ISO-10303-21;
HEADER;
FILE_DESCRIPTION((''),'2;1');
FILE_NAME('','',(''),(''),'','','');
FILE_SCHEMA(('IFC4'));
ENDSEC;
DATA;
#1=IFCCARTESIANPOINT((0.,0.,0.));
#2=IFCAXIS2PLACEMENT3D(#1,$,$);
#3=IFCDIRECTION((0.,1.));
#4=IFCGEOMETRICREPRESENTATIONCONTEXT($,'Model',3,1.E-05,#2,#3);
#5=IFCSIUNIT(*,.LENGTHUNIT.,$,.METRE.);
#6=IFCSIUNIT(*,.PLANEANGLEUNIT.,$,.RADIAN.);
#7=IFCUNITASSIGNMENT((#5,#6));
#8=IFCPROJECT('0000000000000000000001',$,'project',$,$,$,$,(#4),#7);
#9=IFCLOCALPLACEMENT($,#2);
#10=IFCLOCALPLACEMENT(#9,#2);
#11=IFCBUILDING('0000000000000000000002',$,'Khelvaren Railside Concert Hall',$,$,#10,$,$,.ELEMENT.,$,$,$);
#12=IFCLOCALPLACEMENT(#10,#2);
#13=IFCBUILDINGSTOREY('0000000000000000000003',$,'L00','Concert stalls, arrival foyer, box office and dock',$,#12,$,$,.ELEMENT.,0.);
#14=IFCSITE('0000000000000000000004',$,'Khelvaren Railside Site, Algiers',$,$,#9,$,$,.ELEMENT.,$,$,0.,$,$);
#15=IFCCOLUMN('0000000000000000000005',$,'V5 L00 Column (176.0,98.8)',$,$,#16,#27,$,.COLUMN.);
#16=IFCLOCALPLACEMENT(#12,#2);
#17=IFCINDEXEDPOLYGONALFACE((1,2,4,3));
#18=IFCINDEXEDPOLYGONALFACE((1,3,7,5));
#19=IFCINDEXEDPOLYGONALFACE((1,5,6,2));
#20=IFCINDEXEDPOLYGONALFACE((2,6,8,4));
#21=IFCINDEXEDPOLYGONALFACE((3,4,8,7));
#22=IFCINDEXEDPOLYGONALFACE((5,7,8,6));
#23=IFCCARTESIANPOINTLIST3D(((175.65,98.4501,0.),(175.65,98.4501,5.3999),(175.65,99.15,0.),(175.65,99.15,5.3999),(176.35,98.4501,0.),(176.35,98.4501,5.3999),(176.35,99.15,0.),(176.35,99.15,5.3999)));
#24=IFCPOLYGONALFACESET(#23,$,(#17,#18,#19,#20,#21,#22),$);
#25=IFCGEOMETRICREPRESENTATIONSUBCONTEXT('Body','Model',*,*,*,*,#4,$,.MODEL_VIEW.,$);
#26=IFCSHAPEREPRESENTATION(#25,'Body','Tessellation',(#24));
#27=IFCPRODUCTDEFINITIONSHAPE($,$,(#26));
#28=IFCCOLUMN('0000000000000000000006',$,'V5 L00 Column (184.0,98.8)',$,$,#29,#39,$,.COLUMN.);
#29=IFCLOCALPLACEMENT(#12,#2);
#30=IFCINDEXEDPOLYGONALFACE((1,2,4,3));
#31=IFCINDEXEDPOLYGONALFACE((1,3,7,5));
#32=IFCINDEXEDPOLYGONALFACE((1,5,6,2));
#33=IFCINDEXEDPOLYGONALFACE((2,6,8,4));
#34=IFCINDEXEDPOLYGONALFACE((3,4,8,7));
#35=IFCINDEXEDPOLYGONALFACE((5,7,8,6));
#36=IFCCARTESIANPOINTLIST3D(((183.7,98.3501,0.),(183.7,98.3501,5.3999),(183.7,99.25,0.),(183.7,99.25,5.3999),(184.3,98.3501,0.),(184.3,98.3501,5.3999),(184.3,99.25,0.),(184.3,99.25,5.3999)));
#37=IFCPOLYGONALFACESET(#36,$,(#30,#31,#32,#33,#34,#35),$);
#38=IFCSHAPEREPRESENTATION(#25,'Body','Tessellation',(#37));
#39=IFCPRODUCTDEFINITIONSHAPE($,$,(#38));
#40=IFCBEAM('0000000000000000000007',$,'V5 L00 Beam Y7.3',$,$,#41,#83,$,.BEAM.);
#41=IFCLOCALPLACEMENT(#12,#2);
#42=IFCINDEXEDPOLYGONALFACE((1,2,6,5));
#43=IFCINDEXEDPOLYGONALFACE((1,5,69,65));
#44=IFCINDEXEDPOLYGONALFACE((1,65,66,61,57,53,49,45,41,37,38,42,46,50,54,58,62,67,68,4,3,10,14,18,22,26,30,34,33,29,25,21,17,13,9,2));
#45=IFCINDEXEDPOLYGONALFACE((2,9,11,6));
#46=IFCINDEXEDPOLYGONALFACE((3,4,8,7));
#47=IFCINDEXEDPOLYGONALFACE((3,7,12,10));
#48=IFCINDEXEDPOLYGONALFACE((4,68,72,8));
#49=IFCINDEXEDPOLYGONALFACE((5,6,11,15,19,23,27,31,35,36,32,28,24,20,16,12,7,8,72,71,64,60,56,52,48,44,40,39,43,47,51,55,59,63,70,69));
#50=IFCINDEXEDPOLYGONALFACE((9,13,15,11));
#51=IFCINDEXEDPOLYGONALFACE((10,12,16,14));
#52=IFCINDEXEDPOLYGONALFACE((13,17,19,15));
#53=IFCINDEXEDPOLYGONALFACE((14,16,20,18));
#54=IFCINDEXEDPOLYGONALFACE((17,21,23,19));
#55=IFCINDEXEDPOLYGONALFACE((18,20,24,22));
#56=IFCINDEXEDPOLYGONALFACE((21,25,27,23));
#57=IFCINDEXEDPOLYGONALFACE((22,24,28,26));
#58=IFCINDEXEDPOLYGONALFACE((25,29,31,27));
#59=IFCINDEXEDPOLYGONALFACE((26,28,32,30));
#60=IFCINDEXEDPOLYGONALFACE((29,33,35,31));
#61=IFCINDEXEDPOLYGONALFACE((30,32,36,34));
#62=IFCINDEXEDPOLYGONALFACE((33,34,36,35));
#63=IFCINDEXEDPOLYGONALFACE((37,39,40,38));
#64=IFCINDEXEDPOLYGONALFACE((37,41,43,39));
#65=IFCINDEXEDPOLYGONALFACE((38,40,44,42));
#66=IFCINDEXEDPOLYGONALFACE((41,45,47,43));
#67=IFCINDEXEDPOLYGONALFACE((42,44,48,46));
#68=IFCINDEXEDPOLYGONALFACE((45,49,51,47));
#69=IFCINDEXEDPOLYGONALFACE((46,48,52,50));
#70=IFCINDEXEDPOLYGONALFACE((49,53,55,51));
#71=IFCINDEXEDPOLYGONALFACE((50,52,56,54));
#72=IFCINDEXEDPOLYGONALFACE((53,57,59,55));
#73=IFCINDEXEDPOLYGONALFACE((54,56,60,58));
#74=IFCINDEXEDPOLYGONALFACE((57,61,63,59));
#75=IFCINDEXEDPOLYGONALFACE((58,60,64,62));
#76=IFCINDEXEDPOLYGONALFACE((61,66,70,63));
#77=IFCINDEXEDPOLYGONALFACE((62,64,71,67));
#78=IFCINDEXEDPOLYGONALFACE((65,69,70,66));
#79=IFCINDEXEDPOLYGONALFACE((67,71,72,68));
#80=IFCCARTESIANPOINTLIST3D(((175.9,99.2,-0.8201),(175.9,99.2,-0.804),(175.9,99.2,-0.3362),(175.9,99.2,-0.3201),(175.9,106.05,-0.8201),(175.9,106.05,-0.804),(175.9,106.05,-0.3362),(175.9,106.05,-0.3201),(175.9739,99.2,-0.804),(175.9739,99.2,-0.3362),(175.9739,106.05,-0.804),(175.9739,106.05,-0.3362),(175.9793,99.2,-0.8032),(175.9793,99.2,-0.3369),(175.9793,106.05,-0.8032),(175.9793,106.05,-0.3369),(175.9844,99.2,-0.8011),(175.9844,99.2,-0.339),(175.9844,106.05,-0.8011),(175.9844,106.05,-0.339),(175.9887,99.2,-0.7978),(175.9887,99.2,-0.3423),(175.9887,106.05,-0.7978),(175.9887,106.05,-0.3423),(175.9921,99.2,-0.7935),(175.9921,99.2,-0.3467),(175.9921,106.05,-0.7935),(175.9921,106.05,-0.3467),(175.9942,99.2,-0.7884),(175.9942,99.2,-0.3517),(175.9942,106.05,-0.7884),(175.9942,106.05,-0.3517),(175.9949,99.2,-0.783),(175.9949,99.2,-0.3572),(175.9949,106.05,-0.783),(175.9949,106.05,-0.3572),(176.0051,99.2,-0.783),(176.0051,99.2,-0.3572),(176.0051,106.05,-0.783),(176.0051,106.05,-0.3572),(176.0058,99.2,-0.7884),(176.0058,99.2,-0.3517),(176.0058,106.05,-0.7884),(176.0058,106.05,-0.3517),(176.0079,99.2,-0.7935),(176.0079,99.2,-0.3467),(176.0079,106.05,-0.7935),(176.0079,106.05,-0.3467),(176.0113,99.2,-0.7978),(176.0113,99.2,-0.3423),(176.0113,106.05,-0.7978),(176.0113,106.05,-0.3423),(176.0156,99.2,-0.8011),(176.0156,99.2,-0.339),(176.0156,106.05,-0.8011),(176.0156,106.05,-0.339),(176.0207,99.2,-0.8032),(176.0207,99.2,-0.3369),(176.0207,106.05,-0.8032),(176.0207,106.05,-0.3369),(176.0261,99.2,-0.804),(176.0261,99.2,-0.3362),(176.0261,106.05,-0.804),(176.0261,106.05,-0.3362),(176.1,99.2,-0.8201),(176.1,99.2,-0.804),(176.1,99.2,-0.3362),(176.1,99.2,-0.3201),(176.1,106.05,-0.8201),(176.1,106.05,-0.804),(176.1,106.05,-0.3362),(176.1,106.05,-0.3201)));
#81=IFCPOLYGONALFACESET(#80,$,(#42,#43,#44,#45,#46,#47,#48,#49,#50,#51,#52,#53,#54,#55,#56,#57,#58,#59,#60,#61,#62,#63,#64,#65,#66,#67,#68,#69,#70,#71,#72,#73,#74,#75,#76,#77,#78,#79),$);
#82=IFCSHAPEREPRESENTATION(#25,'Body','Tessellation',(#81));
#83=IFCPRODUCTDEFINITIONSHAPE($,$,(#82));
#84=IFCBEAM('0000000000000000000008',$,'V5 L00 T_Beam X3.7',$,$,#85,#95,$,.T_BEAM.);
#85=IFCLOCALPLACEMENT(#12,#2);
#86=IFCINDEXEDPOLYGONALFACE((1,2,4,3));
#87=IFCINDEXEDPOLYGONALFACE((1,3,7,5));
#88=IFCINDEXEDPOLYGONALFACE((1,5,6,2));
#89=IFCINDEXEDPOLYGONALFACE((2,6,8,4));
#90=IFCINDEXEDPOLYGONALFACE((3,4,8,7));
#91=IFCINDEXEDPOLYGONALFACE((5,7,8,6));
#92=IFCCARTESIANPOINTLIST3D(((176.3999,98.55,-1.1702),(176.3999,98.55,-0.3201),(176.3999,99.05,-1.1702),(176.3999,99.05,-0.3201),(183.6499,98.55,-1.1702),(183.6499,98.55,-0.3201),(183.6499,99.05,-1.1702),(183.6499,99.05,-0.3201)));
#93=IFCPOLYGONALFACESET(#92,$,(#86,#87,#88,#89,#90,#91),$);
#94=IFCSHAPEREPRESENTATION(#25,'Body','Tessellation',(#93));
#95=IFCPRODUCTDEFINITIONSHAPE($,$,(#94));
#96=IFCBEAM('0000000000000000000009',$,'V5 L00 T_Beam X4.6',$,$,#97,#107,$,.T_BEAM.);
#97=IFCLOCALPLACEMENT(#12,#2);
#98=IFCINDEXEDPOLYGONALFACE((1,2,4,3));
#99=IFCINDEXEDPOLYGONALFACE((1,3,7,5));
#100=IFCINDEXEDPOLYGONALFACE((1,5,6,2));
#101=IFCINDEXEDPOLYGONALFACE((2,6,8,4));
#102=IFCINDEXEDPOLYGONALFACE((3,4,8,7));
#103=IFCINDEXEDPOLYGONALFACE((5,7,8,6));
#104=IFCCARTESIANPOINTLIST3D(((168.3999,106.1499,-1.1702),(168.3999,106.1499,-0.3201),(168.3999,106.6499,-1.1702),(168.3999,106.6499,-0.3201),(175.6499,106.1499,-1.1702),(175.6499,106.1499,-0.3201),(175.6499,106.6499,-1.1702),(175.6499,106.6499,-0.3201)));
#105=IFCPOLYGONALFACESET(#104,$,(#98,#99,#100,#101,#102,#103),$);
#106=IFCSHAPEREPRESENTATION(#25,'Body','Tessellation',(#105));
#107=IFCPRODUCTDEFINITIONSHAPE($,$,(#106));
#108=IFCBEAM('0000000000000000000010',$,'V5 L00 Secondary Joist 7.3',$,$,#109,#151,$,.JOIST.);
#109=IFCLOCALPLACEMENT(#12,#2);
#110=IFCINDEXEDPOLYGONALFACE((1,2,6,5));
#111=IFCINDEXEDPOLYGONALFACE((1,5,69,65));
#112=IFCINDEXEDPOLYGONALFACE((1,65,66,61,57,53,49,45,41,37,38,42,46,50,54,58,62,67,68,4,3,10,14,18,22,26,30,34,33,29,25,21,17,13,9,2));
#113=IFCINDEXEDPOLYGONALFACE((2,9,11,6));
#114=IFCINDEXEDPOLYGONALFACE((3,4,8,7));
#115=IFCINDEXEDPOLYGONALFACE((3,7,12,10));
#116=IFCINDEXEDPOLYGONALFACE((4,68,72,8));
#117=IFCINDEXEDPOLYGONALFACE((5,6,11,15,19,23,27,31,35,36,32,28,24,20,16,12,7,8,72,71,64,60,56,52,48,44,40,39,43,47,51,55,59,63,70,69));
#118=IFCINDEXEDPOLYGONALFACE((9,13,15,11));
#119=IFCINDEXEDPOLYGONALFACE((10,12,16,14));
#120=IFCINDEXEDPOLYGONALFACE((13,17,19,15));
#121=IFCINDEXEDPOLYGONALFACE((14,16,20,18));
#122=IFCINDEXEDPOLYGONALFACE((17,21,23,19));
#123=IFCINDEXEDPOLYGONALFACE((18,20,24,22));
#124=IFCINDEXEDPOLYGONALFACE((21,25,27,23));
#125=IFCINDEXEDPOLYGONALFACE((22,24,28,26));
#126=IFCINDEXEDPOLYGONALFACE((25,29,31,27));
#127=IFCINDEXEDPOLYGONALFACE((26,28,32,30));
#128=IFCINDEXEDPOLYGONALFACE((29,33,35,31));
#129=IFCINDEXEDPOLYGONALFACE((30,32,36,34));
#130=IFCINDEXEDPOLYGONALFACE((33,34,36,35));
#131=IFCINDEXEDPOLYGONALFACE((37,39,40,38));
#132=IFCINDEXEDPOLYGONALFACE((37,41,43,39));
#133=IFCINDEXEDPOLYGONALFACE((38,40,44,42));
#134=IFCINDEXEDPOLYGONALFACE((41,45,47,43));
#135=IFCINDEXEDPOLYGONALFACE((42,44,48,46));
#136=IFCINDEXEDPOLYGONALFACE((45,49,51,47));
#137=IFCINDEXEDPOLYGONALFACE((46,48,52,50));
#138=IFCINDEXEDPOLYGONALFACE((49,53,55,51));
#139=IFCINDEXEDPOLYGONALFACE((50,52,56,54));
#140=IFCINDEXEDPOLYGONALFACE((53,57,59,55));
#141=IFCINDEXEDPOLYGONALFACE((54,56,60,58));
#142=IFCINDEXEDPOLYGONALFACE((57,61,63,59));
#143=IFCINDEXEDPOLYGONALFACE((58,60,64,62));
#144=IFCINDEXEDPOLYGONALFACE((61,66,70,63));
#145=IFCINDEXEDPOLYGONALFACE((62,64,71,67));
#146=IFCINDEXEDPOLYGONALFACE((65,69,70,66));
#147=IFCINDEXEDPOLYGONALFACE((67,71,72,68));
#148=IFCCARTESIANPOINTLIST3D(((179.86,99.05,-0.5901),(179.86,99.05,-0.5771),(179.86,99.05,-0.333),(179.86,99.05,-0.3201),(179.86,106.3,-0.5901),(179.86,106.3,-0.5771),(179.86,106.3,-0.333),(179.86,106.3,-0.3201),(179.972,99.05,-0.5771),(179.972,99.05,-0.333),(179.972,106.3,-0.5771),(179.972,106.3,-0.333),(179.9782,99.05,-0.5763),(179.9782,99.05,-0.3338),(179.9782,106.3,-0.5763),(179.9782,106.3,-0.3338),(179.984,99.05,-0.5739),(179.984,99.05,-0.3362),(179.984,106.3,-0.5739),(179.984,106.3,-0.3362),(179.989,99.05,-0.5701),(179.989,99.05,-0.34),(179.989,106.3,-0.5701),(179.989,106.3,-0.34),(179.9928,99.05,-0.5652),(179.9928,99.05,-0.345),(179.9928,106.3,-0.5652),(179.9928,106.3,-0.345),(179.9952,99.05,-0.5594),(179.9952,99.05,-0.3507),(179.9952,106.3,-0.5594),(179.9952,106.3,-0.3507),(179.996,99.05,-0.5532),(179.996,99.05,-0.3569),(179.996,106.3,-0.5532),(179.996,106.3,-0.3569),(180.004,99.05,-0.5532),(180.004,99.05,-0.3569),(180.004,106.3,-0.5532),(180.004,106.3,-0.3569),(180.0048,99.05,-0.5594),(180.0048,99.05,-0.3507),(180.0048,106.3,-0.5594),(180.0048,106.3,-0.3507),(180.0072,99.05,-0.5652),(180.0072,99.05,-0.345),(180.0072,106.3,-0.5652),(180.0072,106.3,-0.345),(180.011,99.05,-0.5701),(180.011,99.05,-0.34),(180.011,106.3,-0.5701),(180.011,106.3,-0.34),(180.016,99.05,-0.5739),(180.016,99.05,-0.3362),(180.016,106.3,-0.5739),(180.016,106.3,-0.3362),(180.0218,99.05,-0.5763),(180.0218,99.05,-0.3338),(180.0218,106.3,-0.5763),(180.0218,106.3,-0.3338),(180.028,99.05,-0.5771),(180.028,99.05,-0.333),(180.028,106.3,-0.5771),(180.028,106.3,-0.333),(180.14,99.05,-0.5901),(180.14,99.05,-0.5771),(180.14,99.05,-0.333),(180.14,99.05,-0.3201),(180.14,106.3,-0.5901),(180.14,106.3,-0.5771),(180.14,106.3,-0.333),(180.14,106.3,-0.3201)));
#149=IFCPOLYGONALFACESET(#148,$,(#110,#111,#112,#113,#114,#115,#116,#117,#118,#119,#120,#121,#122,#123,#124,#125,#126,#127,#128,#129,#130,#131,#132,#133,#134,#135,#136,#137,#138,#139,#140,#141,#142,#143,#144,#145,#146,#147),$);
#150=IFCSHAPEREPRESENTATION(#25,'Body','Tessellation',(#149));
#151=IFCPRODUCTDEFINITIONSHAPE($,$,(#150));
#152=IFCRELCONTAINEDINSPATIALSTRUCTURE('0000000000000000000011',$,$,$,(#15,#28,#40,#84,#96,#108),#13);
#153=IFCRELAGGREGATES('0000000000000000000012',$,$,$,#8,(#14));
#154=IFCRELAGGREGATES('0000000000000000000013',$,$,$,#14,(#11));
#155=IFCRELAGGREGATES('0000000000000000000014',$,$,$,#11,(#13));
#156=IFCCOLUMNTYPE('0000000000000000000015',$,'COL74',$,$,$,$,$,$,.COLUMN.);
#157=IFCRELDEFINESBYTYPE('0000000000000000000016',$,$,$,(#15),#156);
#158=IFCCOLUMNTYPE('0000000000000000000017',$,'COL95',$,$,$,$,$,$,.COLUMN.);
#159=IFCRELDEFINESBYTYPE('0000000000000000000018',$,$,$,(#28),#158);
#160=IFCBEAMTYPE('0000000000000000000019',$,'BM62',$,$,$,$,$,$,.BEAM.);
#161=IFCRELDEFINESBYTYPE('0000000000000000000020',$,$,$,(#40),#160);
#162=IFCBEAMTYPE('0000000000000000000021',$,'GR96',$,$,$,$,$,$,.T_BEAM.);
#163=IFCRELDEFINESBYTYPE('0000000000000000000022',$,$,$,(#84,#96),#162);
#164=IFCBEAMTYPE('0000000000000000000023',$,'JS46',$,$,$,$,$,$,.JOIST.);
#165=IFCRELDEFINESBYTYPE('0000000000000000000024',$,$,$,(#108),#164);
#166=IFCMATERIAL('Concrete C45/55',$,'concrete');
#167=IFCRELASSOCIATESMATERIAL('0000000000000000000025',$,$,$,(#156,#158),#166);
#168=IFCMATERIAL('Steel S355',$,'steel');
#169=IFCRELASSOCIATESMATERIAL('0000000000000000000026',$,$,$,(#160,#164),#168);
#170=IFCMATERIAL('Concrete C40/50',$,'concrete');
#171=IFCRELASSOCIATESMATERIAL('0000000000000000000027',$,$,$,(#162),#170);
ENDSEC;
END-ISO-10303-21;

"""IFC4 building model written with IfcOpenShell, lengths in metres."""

from ifc_helpers import new_model, si_unit, direction, frame, origin, origin_2d, place, context, subcontext, project, spatial, rectangle, i_section, extrude, material, material_profile, profile_set, type_object, element, save


model = new_model("IFC4")

# Units and contexts
model_context = context("Model", 3, precision=1e-05, world=origin(), true_north=direction((0.0, 1.0)))
body_context = subcontext(model_context, "Body", "Model", "MODEL_VIEW")
ifc_project = project(units=[si_unit("LENGTHUNIT", "METRE"), si_unit("PLANEANGLEUNIT", "RADIAN")], contexts=[model_context])

# Site, building, storey
site_placement = place(None, origin())
site = spatial("IfcSite", under=ifc_project, at=site_placement, Name="Khelvaren Railside Site, Algiers", CompositionType="ELEMENT", RefElevation=0.0)
building_placement = place(site_placement, origin())
building = spatial("IfcBuilding", under=site, at=building_placement, Name="Khelvaren Railside Concert Hall", CompositionType="ELEMENT")
storey_placement = place(building_placement, origin())
storey = spatial("IfcBuildingStorey", under=building, at=storey_placement, Name="L00", Description="Concert stalls, arrival foyer, box office and dock", CompositionType="ELEMENT", Elevation=0.0)

# Columns
ifc_material_1 = material(Name="Concrete C45/55", Category="concrete")
ifc_material_profile_1 = material_profile(ifc_material_1, rectangle(XDim=0.7, YDim=0.7, at=origin_2d()), Name="RC 700x700")
ifc_profile_set_1 = profile_set([ifc_material_profile_1], Name="Concrete C45/55")
column_type_1 = type_object("IfcColumnType", Name="COL74", PredefinedType="COLUMN", material=ifc_profile_set_1)
column_1_placement = place(storey_placement, frame((176.0, 98.8, 0.0), z_axis=(0.0, 0.0, 1.0), x_axis=(1.0, 0.0, 0.0)))
element("IfcColumn", 1, at=column_1_placement, inside=storey, type_object=column_type_1, Name="V5 L00 Column (176.0,98.8)", PredefinedType="COLUMN", context=body_context, shape_type="SweptSolid", body=[
    extrude(rectangle(XDim=0.7, YDim=0.7, at=origin_2d()), origin(), (0.0, 0.0, 1.0), 5.3999),
])
ifc_material_profile_2 = material_profile(ifc_material_1, rectangle(XDim=0.6001, YDim=0.8999, at=origin_2d()), Name="RC 600x900")
ifc_profile_set_2 = profile_set([ifc_material_profile_2], Name="Concrete C45/55")
column_type_2 = type_object("IfcColumnType", Name="COL95", PredefinedType="COLUMN", material=ifc_profile_set_2)
column_2_placement = place(storey_placement, frame((184.0, 98.8, 0.0), z_axis=(0.0, 0.0, 1.0), x_axis=(1.0, 0.0, 0.0)))
element("IfcColumn", 2, at=column_2_placement, inside=storey, type_object=column_type_2, Name="V5 L00 Column (184.0,98.8)", PredefinedType="COLUMN", context=body_context, shape_type="SweptSolid", body=[
    extrude(rectangle(XDim=0.6001, YDim=0.8999, at=origin_2d()), origin(), (0.0, 0.0, 1.0), 5.3999),
])

# Beams
ifc_material_2 = material(Name="Steel S355", Category="steel")
ifc_material_profile_3 = material_profile(ifc_material_2, i_section(OverallWidth=0.2, OverallDepth=0.5, WebThickness=0.0103, FlangeThickness=0.0161, FilletRadius=0.021, at=origin_2d()), Name="IPE 500")
ifc_profile_set_3 = profile_set([ifc_material_profile_3], Name="Steel S355")
beam_type_1 = type_object("IfcBeamType", Name="BM62", PredefinedType="BEAM", material=ifc_profile_set_3)
beam_1_placement = place(storey_placement, frame((176.0, 99.2, -0.5701), z_axis=(0.0, 1.0, 0.0), x_axis=(-1.0, 0.0, 0.0)))
element("IfcBeam", 3, at=beam_1_placement, inside=storey, type_object=beam_type_1, Name="V5 L00 Beam Y7.3", PredefinedType="BEAM", context=body_context, shape_type="SweptSolid", body=[
    extrude(i_section(OverallWidth=0.2, OverallDepth=0.5, WebThickness=0.0103, FlangeThickness=0.0161, FilletRadius=0.021, at=origin_2d()), origin(), (0.0, 0.0, 1.0), 6.8501),
])
ifc_material_3 = material(Name="Concrete C40/50", Category="concrete")
ifc_material_profile_4 = material_profile(ifc_material_3, rectangle(XDim=0.5, YDim=0.8501, at=origin_2d()), Name="RCB 500x850")
ifc_profile_set_4 = profile_set([ifc_material_profile_4], Name="Concrete C40/50")
beam_type_2 = type_object("IfcBeamType", Name="GR96", PredefinedType="T_BEAM", material=ifc_profile_set_4)
for number, where, z_axis, x_axis, name in (
    (4, (176.3999, 98.8, -0.7451), (1.0, 0.0, 0.0), (0.0, 1.0, 0.0), "V5 L00 T_Beam X3.7"),
    (5, (168.3999, 106.3999, -0.7451), (1.0, 0.0, 0.0), (0.0, 1.0, 0.0), "V5 L00 T_Beam X4.6"),
):
    element("IfcBeam", number, at=place(storey_placement, frame(where, z_axis=z_axis, x_axis=x_axis)), inside=storey, type_object=beam_type_2, Name=name, PredefinedType="T_BEAM", context=body_context, shape_type="SweptSolid", body=[
        extrude(rectangle(XDim=0.5, YDim=0.8501, at=origin_2d()), origin(), (0.0, 0.0, 1.0), 7.25),
    ])
ifc_material_profile_5 = material_profile(ifc_material_2, i_section(OverallWidth=0.28, OverallDepth=0.27, WebThickness=0.0081, FlangeThickness=0.0129, FilletRadius=0.0239, at=origin_2d()), Name="HEA 280")
ifc_profile_set_5 = profile_set([ifc_material_profile_5], Name="Steel S355")
beam_type_3 = type_object("IfcBeamType", Name="JS46", PredefinedType="JOIST", material=ifc_profile_set_5)
beam_2_placement = place(storey_placement, frame((180.0, 99.05, -0.4551), z_axis=(0.0, 1.0, 0.0), x_axis=(-1.0, 0.0, 0.0)))
element("IfcBeam", 6, at=beam_2_placement, inside=storey, type_object=beam_type_3, Name="V5 L00 Secondary Joist 7.3", PredefinedType="JOIST", context=body_context, shape_type="SweptSolid", body=[
    extrude(i_section(OverallWidth=0.28, OverallDepth=0.27, WebThickness=0.0081, FlangeThickness=0.0129, FilletRadius=0.0239, at=origin_2d()), origin(), (0.0, 0.0, 1.0), 7.25),
])

save(model, "model.ifc")
